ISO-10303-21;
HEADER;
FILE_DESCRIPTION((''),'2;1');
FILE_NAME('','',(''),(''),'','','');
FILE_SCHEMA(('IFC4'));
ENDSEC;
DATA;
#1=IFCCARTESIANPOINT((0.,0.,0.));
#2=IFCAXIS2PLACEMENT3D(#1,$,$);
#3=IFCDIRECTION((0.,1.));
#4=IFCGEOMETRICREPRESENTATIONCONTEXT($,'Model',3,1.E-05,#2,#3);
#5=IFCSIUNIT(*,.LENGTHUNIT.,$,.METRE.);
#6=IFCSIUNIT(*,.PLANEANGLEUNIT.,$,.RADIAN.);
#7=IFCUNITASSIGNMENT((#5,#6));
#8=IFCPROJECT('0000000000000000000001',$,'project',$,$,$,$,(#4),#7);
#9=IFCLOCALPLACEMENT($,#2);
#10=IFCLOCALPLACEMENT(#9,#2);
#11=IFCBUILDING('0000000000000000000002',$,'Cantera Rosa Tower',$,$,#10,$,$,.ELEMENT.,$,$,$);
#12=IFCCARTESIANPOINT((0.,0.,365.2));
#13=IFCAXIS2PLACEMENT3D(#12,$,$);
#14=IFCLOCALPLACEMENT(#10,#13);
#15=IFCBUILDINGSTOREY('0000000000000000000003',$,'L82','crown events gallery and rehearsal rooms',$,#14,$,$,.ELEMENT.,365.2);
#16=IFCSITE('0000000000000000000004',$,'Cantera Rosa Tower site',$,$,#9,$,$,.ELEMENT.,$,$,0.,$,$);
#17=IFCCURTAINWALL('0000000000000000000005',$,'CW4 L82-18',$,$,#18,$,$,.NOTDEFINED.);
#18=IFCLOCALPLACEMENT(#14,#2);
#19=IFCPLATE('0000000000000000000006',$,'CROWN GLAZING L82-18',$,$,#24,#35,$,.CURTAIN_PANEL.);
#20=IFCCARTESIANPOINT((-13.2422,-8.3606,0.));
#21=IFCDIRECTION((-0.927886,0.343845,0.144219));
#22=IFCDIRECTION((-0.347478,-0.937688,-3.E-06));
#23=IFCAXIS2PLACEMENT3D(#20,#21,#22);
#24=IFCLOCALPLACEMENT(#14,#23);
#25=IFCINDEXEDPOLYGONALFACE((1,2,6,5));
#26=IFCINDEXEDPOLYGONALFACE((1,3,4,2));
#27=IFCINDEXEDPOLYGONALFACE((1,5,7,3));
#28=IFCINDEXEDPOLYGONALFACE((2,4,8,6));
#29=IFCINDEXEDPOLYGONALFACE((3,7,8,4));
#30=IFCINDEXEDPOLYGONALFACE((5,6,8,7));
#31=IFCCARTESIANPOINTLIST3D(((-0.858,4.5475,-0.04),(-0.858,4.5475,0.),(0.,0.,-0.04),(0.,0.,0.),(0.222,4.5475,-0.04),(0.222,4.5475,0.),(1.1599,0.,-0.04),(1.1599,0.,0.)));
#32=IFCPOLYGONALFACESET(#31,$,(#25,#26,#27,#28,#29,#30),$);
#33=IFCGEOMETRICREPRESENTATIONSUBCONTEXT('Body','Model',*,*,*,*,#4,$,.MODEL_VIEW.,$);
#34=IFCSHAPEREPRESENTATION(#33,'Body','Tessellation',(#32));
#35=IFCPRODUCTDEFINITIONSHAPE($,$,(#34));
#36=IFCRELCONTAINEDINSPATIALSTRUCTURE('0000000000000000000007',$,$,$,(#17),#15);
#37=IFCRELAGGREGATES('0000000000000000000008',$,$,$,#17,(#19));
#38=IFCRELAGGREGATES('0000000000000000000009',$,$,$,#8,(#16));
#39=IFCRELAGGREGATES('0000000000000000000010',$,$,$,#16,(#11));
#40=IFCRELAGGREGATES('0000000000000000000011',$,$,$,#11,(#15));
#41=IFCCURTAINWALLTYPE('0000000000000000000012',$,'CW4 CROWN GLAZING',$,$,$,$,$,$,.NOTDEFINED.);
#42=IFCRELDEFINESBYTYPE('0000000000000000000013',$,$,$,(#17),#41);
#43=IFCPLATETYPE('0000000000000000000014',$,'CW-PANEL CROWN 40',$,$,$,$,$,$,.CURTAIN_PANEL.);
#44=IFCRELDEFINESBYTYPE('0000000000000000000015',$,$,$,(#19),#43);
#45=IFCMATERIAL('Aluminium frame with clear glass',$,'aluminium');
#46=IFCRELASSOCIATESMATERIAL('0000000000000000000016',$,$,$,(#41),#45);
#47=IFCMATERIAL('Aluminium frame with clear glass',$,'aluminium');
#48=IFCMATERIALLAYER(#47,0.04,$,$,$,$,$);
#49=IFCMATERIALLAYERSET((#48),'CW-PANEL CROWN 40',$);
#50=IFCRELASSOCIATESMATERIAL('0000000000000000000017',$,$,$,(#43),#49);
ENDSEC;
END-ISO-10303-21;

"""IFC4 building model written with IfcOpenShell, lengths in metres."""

from ifc_helpers import new_model, si_unit, direction, frame, origin, place, context, subcontext, project, spatial, polyline, outline, extrude, material, layer, layer_set, type_object, element, aggregate, save


model = new_model("IFC4")

# Units and contexts
model_context = context("Model", 3, precision=1e-05, world=origin(), true_north=direction((0.0, 1.0)))
body_context = subcontext(model_context, "Body", "Model", "MODEL_VIEW")
ifc_project = project(units=[si_unit("LENGTHUNIT", "METRE"), si_unit("PLANEANGLEUNIT", "RADIAN")], contexts=[model_context])

# Site, building, storey
site_placement = place(None, origin())
site = spatial("IfcSite", under=ifc_project, at=site_placement, Name="Cantera Rosa Tower site", CompositionType="ELEMENT", RefElevation=0.0)
building_placement = place(site_placement, origin())
building = spatial("IfcBuilding", under=site, at=building_placement, Name="Cantera Rosa Tower", CompositionType="ELEMENT")
storey_placement = place(building_placement, frame((0.0, 0.0, 365.2)))
storey = spatial("IfcBuildingStorey", under=building, at=storey_placement, Name="L82", Description="crown events gallery and rehearsal rooms", CompositionType="ELEMENT", Elevation=365.2)

# Curtain wall
ifc_material_1 = material(Name="Aluminium frame with clear glass", Category="aluminium")
curtain_wall_type = type_object("IfcCurtainWallType", Name="CW4 CROWN GLAZING", PredefinedType="NOTDEFINED", material=ifc_material_1)
curtain_wall_1_placement = place(storey_placement, origin())
curtain_wall_1 = element("IfcCurtainWall", 1, at=curtain_wall_1_placement, inside=storey, type_object=curtain_wall_type, Name="CW4 L82-18", PredefinedType="NOTDEFINED")

# Plate
ifc_material_2 = material(Name="Aluminium frame with clear glass", Category="aluminium")
ifc_layer_1 = layer(ifc_material_2, 0.04)
ifc_layer_set_1 = layer_set([ifc_layer_1], Name="CW-PANEL CROWN 40")
plate_type = type_object("IfcPlateType", Name="CW-PANEL CROWN 40", PredefinedType="CURTAIN_PANEL", material=ifc_layer_set_1)
plate_1_placement = place(storey_placement, frame((-13.2422, -8.3606, 0.0), z_axis=(-0.927886, 0.343845, 0.144219), x_axis=(-0.347478, -0.937688, -0.000003)))
plate_1 = element("IfcPlate", 2, at=plate_1_placement, type_object=plate_type, Name="CROWN GLAZING L82-18", PredefinedType="CURTAIN_PANEL", context=body_context, shape_type="SweptSolid", body=[
    extrude(outline(polyline([(0.0, 0.0), (1.1599, 0.0), (0.222, 4.5475), (-0.858, 4.5475), (0.0, 0.0)])), origin(), (0.0, 0.0, -1.0), 0.04),
])

aggregate(curtain_wall_1, [plate_1])

save(model, "model.ifc")
